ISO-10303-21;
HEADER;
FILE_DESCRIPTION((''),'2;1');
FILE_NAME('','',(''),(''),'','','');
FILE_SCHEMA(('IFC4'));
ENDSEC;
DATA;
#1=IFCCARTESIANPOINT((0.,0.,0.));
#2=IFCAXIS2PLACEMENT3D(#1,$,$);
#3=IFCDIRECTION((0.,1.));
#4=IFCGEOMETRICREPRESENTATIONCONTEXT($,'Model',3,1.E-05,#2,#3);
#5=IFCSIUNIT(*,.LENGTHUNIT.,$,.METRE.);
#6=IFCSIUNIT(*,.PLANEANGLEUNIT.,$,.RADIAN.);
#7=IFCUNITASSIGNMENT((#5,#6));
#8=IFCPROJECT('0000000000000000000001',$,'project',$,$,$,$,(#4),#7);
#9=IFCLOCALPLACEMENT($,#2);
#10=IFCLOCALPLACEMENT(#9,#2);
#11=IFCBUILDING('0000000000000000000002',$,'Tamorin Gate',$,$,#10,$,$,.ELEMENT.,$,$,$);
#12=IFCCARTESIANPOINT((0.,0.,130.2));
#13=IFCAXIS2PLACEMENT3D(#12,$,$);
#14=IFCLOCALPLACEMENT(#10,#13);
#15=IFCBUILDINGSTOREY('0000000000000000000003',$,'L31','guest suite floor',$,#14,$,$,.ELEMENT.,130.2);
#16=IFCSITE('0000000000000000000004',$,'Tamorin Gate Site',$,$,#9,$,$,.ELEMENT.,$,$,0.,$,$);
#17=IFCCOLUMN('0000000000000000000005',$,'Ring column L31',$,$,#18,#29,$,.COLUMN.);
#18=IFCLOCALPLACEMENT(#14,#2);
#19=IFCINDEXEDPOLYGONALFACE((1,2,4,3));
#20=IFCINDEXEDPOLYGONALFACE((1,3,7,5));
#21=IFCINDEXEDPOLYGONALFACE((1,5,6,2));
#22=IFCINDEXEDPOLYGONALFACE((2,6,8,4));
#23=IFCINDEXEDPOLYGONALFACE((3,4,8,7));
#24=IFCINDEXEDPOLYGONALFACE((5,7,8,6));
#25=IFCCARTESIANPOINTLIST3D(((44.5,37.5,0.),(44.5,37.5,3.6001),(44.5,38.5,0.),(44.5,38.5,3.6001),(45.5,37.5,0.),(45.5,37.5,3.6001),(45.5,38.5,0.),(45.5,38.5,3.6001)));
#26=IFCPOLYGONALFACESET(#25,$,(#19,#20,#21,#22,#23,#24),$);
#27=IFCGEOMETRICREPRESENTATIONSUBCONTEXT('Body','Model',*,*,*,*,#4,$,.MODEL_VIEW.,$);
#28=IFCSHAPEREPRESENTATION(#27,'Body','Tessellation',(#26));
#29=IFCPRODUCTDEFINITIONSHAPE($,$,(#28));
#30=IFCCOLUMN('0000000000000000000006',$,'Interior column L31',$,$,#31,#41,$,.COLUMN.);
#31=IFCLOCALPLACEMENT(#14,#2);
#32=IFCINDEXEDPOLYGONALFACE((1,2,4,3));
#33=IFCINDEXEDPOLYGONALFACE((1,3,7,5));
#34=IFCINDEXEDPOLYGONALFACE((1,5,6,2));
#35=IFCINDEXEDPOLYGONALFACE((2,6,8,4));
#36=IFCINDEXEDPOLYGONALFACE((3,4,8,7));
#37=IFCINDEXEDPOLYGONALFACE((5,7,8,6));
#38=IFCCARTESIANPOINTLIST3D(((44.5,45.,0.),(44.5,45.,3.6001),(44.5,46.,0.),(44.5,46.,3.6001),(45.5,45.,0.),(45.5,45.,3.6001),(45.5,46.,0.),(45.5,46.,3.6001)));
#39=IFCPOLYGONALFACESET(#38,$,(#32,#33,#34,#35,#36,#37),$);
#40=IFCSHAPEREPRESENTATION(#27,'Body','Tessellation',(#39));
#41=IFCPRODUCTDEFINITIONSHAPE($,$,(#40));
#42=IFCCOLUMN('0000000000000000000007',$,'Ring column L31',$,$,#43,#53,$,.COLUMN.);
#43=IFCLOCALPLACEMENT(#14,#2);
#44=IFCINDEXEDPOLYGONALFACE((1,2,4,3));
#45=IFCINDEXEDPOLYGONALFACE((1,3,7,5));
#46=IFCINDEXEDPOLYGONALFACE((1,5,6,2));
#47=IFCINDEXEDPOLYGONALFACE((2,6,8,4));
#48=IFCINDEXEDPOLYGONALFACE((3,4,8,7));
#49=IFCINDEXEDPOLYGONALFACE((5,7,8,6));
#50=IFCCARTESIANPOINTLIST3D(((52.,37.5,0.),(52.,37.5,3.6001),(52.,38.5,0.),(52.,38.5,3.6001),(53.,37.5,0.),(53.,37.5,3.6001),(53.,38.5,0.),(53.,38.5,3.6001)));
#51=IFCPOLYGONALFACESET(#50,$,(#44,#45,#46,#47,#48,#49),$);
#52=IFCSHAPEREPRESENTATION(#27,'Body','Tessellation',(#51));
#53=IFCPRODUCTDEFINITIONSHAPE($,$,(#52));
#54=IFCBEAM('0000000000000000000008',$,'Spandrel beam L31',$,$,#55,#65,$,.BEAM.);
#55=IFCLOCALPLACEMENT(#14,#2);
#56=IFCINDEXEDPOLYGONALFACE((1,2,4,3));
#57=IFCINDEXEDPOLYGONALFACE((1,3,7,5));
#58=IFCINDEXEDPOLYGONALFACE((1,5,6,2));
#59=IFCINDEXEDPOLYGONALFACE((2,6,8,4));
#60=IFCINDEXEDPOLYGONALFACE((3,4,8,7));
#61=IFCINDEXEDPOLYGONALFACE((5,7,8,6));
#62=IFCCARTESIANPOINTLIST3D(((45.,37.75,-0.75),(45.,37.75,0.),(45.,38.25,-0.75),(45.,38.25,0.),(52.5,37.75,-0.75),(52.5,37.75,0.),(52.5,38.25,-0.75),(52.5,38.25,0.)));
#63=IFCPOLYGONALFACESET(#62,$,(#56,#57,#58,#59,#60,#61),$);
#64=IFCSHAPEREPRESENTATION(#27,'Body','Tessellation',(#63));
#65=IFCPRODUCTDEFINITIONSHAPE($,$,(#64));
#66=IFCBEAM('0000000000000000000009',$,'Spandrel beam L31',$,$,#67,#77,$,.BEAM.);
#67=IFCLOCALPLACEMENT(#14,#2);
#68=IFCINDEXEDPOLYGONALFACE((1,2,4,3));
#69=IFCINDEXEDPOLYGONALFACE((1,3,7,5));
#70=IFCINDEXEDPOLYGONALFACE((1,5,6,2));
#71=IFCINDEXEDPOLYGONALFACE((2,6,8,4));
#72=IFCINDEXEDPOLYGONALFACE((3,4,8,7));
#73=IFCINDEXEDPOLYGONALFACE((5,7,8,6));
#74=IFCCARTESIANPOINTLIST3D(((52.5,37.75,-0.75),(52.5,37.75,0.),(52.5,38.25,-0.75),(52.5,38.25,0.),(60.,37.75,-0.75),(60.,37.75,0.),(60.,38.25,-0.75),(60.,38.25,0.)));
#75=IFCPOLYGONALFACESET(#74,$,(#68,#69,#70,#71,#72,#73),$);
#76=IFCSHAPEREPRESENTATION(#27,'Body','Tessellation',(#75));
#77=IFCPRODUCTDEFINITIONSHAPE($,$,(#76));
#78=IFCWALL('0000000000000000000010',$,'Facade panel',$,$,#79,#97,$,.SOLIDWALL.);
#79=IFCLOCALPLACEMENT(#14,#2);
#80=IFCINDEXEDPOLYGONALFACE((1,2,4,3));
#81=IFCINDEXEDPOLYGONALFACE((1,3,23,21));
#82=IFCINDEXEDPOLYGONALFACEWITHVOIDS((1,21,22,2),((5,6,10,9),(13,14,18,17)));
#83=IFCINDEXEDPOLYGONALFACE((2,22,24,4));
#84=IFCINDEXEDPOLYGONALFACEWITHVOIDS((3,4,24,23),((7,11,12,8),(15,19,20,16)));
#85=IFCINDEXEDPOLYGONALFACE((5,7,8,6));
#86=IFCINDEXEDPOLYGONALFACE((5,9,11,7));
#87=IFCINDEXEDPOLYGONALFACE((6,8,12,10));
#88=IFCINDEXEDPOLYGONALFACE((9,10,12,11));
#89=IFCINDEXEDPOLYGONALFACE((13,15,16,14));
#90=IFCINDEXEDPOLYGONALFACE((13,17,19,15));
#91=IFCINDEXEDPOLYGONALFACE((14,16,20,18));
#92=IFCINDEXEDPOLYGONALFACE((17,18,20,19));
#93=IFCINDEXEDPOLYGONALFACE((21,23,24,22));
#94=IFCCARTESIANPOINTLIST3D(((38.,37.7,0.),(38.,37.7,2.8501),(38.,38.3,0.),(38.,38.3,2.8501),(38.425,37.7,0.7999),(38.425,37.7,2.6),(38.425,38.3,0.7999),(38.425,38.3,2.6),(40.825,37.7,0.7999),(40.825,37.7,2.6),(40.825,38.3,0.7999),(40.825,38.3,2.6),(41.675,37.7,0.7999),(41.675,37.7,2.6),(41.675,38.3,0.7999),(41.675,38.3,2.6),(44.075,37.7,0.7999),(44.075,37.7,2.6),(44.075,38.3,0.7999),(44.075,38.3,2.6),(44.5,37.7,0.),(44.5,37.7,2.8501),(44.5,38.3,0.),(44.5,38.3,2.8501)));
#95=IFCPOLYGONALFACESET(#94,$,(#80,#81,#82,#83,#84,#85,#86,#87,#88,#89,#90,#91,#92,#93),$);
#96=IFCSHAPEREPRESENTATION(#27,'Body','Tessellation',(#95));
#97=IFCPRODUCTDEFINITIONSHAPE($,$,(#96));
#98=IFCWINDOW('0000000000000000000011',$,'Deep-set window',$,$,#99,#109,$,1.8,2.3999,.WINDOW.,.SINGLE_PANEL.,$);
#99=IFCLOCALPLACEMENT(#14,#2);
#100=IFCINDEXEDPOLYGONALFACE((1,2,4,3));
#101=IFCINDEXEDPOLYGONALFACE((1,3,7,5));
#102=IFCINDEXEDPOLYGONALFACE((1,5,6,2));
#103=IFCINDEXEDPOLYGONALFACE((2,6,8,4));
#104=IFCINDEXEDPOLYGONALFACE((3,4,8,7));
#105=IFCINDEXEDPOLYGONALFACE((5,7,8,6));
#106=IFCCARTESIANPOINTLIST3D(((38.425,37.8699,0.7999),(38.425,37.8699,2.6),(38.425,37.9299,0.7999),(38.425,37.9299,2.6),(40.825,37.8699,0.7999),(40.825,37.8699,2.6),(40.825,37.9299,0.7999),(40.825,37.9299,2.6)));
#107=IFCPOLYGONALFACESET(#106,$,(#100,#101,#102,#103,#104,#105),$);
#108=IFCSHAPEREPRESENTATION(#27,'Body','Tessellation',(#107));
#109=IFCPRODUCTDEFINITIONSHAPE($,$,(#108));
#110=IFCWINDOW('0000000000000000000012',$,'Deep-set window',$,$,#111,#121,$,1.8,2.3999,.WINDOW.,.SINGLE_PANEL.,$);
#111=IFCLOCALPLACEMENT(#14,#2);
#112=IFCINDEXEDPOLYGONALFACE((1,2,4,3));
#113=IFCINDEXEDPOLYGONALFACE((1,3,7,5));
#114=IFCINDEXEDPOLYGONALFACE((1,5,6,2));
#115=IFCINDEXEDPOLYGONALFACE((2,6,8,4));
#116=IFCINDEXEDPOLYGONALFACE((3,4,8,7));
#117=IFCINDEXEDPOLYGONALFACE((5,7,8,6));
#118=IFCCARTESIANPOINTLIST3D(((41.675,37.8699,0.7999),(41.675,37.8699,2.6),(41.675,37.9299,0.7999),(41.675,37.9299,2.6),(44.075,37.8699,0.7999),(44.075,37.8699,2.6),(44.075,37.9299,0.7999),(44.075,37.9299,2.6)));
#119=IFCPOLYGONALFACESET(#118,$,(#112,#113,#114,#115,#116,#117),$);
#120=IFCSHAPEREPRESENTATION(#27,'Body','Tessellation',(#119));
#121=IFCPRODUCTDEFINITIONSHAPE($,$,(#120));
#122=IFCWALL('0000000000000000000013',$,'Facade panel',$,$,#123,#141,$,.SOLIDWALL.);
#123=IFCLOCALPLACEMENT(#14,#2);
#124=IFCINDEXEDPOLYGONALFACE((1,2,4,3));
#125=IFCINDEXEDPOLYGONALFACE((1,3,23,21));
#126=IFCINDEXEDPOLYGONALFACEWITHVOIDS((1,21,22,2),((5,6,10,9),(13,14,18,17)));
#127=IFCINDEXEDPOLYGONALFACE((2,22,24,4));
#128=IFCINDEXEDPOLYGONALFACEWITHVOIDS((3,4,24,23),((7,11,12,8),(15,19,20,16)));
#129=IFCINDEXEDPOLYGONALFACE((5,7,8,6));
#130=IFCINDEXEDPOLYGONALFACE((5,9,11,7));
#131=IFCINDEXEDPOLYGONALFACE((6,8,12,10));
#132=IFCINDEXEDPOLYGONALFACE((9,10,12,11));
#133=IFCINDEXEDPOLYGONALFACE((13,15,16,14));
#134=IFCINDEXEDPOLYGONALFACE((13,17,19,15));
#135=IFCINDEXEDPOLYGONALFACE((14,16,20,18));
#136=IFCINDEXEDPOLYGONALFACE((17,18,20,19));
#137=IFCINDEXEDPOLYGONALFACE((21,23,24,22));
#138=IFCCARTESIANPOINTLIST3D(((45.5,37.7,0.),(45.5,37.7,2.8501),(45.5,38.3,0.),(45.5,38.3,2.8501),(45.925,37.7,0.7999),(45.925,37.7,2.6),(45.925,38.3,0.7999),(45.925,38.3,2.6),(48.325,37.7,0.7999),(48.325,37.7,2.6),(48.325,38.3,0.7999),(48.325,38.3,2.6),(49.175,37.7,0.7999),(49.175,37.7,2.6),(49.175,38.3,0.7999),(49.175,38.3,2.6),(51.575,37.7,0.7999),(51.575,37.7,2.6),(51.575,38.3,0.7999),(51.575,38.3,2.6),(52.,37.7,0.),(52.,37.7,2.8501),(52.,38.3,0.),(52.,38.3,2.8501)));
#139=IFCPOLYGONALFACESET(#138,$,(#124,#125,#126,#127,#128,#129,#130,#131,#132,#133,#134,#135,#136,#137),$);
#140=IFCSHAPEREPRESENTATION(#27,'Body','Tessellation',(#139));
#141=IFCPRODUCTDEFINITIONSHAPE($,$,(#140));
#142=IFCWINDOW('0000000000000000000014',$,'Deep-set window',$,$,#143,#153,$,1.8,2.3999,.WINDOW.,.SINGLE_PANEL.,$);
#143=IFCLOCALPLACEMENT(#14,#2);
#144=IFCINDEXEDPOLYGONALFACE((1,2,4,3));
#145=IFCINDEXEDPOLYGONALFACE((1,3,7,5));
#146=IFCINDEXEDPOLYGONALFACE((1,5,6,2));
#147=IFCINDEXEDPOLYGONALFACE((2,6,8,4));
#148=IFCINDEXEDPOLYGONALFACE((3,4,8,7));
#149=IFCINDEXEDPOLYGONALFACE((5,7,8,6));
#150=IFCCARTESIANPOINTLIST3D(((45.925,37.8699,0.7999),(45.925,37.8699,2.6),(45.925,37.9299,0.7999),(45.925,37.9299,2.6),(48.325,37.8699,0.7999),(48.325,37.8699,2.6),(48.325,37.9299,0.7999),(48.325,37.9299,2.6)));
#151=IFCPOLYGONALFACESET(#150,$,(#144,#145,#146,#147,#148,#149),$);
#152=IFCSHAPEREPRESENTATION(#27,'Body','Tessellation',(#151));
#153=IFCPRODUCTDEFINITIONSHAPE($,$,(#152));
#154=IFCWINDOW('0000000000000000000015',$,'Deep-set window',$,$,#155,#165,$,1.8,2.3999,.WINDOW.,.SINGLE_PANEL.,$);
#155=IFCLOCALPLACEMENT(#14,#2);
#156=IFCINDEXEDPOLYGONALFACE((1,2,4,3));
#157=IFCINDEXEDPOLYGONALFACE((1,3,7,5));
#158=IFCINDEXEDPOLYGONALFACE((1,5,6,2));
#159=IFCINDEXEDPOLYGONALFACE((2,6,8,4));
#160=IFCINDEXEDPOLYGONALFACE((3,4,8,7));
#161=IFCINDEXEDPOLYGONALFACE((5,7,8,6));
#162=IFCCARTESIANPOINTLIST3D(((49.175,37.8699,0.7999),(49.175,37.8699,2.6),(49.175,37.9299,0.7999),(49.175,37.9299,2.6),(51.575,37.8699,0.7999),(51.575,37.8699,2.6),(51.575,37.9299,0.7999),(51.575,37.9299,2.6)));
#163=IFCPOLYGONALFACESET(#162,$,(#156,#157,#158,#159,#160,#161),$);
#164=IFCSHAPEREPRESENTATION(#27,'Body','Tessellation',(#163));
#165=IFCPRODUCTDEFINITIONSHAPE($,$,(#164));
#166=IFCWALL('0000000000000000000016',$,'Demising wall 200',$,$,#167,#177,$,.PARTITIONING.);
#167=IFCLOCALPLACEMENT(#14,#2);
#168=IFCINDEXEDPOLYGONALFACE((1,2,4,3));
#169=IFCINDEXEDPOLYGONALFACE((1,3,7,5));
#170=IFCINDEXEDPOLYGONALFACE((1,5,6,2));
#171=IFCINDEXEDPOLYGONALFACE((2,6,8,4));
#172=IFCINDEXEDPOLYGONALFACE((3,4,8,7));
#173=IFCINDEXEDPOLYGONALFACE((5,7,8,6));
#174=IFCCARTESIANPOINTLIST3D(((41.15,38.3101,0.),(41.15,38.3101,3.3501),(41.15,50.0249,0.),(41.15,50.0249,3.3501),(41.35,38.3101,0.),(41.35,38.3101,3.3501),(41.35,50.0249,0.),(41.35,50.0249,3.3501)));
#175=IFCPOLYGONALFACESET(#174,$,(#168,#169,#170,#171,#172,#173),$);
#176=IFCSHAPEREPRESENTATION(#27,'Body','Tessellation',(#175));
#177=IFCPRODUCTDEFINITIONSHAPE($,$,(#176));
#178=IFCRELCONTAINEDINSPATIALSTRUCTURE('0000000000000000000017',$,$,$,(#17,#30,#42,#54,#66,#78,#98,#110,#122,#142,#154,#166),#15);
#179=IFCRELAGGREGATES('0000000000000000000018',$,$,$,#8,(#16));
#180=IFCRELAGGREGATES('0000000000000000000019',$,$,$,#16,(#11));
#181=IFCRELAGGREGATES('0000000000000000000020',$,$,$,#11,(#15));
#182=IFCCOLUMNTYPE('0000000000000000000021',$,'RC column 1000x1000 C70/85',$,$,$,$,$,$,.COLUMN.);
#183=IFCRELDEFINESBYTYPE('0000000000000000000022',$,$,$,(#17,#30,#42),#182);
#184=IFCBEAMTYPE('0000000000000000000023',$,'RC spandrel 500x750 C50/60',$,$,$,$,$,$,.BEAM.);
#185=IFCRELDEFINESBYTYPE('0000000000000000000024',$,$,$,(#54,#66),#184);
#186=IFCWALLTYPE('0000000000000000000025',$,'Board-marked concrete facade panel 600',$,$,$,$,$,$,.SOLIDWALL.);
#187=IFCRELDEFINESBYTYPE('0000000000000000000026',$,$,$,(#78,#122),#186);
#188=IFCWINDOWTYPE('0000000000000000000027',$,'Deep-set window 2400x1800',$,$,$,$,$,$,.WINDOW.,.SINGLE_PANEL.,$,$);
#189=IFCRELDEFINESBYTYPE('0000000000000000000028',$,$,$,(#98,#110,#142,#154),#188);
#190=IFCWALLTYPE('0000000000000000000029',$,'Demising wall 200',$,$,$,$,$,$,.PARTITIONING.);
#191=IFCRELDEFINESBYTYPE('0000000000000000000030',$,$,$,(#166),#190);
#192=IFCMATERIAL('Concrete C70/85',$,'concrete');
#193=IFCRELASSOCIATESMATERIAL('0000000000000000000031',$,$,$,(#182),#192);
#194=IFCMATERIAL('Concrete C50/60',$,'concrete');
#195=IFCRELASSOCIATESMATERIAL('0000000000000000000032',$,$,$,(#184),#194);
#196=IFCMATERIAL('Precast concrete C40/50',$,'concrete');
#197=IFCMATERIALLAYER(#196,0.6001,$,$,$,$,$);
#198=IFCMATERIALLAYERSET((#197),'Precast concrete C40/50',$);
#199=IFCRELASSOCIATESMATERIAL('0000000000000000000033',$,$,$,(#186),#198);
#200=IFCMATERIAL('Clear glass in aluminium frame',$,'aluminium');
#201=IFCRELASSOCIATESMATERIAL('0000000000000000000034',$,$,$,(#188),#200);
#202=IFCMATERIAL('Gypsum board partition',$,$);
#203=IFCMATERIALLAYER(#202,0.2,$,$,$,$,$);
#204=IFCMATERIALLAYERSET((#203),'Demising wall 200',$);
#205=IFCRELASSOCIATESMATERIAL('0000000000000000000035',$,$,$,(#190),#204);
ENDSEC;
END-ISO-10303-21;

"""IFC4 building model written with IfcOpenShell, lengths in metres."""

from ifc_helpers import new_model, si_unit, direction, frame, frame_2d, origin, origin_2d, place, context, subcontext, project, spatial, rectangle, extrude, material, layer, layer_set, material_profile, profile_set, type_object, element, fill, save


model = new_model("IFC4")

# Units and contexts
model_context = context("Model", 3, precision=1e-05, world=origin(), true_north=direction((0.0, 1.0)))
body_context = subcontext(model_context, "Body", "Model", "MODEL_VIEW")
ifc_project = project(units=[si_unit("LENGTHUNIT", "METRE"), si_unit("PLANEANGLEUNIT", "RADIAN")], contexts=[model_context])

# Site, building, storey
site_placement = place(None, origin())
site = spatial("IfcSite", under=ifc_project, at=site_placement, Name="Tamorin Gate Site", CompositionType="ELEMENT", RefElevation=0.0)
building_placement = place(site_placement, origin())
building = spatial("IfcBuilding", under=site, at=building_placement, Name="Tamorin Gate", CompositionType="ELEMENT")
storey_placement = place(building_placement, frame((0.0, 0.0, 130.2)))
storey = spatial("IfcBuildingStorey", under=building, at=storey_placement, Name="L31", Description="guest suite floor", CompositionType="ELEMENT", Elevation=130.2)

# Columns
ifc_material_1 = material(Name="Concrete C70/85", Category="concrete")
ifc_material_profile_1 = material_profile(ifc_material_1, rectangle(XDim=1.0, YDim=1.0, at=origin_2d()), Name="RC 1000x1000")
ifc_profile_set_1 = profile_set([ifc_material_profile_1], Name="Concrete C70/85")
column_type = type_object("IfcColumnType", Name="RC column 1000x1000 C70/85", PredefinedType="COLUMN", material=ifc_profile_set_1)
for number, where, z_axis, x_axis, name in (
    (1, (45.0, 38.0, 0.0), (0.0, 0.0, 1.0), (1.0, 0.0, 0.0), "Ring column L31"),
    (2, (45.0, 45.5, 0.0), (0.0, 0.0, 1.0), (1.0, 0.0, 0.0), "Interior column L31"),
    (3, (52.5, 38.0, 0.0), (0.0, 0.0, 1.0), (1.0, 0.0, 0.0), "Ring column L31"),
):
    element("IfcColumn", number, at=place(storey_placement, frame(where, z_axis=z_axis, x_axis=x_axis)), inside=storey, type_object=column_type, Name=name, PredefinedType="COLUMN", context=body_context, shape_type="SweptSolid", body=[
        extrude(rectangle(XDim=1.0, YDim=1.0, at=origin_2d()), origin(), (0.0, 0.0, 1.0), 3.6001),
    ])

# Beams
ifc_material_2 = material(Name="Concrete C50/60", Category="concrete")
ifc_material_profile_2 = material_profile(ifc_material_2, rectangle(XDim=0.5, YDim=0.75, at=origin_2d()), Name="RC 500x750")
ifc_profile_set_2 = profile_set([ifc_material_profile_2], Name="Concrete C50/60")
beam_type = type_object("IfcBeamType", Name="RC spandrel 500x750 C50/60", PredefinedType="BEAM", material=ifc_profile_set_2)
for number, where, z_axis, x_axis, name in (
    (4, (45.0, 38.0, -0.375), (1.0, 0.0, 0.0), (0.0, 1.0, 0.0), "Spandrel beam L31"),
    (5, (52.5, 38.0, -0.375), (1.0, 0.0, 0.0), (0.0, 1.0, 0.0), "Spandrel beam L31"),
):
    element("IfcBeam", number, at=place(storey_placement, frame(where, z_axis=z_axis, x_axis=x_axis)), inside=storey, type_object=beam_type, Name=name, PredefinedType="BEAM", context=body_context, shape_type="SweptSolid", body=[
        extrude(rectangle(XDim=0.5, YDim=0.75, at=origin_2d()), origin(), (0.0, 0.0, 1.0), 7.5),
    ])

# Walls, openings, windows
ifc_material_3 = material(Name="Precast concrete C40/50", Category="concrete")
ifc_layer_1 = layer(ifc_material_3, 0.6001)
ifc_layer_set_1 = layer_set([ifc_layer_1], Name="Precast concrete C40/50")
wall_type_1 = type_object("IfcWallType", Name="Board-marked concrete facade panel 600", PredefinedType="SOLIDWALL", material=ifc_layer_set_1)
wall_1_placement = place(storey_placement, frame((38.0, 38.0, 0.0), z_axis=(0.0, 0.0, 1.0), x_axis=(1.0, 0.0, 0.0)))
wall_1 = element("IfcWall", 6, at=wall_1_placement, inside=storey, type_object=wall_type_1, Name="Facade panel", PredefinedType="SOLIDWALL", context=body_context, shape_type="SweptSolid", body=[
    extrude(rectangle(XDim=6.5, YDim=0.6001, at=frame_2d((3.25, 0.0))), origin(), (0.0, 0.0, 1.0), 2.8501),
])
opening_1_placement = place(wall_1_placement, frame((0.425, 0.0, 0.8)))
opening_1 = element("IfcOpeningElement", 7, at=opening_1_placement, cuts=wall_1, PredefinedType="OPENING", context=body_context, shape_type="SweptSolid", body=[
    extrude(rectangle(XDim=2.3999, YDim=1.8, at=frame_2d((1.2, 0.8999))), frame((0.0, 0.3101, 0.0), z_axis=(0.0, -1.0, 0.0), x_axis=(1.0, 0.0, 0.0)), (0.0, 0.0, 1.0), 0.6201),
])
opening_2_placement = place(wall_1_placement, frame((3.675, 0.0, 0.8)))
opening_2 = element("IfcOpeningElement", 8, at=opening_2_placement, cuts=wall_1, PredefinedType="OPENING", context=body_context, shape_type="SweptSolid", body=[
    extrude(rectangle(XDim=2.3999, YDim=1.8, at=frame_2d((1.2, 0.8999))), frame((0.0, 0.3101, 0.0), z_axis=(0.0, -1.0, 0.0), x_axis=(1.0, 0.0, 0.0)), (0.0, 0.0, 1.0), 0.6201),
])
ifc_material_4 = material(Name="Clear glass in aluminium frame", Category="aluminium")
window_type = type_object("IfcWindowType", Name="Deep-set window 2400x1800", PartitioningType="SINGLE_PANEL", PredefinedType="WINDOW", material=ifc_material_4)
window_1_placement = place(opening_1_placement, origin())
window_1 = element("IfcWindow", 9, at=window_1_placement, inside=storey, type_object=window_type, Name="Deep-set window", OverallHeight=1.8, OverallWidth=2.3999, PartitioningType="SINGLE_PANEL", PredefinedType="WINDOW", context=body_context, shape_type="SweptSolid", body=[
    extrude(rectangle(XDim=2.3999, YDim=1.8, at=frame_2d((1.2, 0.8999))), frame((0.0, -0.0701, 0.0), z_axis=(0.0, -1.0, 0.0), x_axis=(1.0, 0.0, 0.0)), (0.0, 0.0, 1.0), 0.0601),
])
fill(opening_1, window_1)
window_2_placement = place(opening_2_placement, origin())
window_2 = element("IfcWindow", 10, at=window_2_placement, inside=storey, type_object=window_type, Name="Deep-set window", OverallHeight=1.8, OverallWidth=2.3999, PartitioningType="SINGLE_PANEL", PredefinedType="WINDOW", context=body_context, shape_type="SweptSolid", body=[
    extrude(rectangle(XDim=2.3999, YDim=1.8, at=frame_2d((1.2, 0.8999))), frame((0.0, -0.0701, 0.0), z_axis=(0.0, -1.0, 0.0), x_axis=(1.0, 0.0, 0.0)), (0.0, 0.0, 1.0), 0.0601),
])
fill(opening_2, window_2)
wall_2_placement = place(storey_placement, frame((45.5, 38.0, 0.0), z_axis=(0.0, 0.0, 1.0), x_axis=(1.0, 0.0, 0.0)))
wall_2 = element("IfcWall", 11, at=wall_2_placement, inside=storey, type_object=wall_type_1, Name="Facade panel", PredefinedType="SOLIDWALL", context=body_context, shape_type="SweptSolid", body=[
    extrude(rectangle(XDim=6.5, YDim=0.6001, at=frame_2d((3.25, 0.0))), origin(), (0.0, 0.0, 1.0), 2.8501),
])
opening_3_placement = place(wall_2_placement, frame((0.425, 0.0, 0.8)))
opening_3 = element("IfcOpeningElement", 12, at=opening_3_placement, cuts=wall_2, PredefinedType="OPENING", context=body_context, shape_type="SweptSolid", body=[
    extrude(rectangle(XDim=2.3999, YDim=1.8, at=frame_2d((1.2, 0.8999))), frame((0.0, 0.3101, 0.0), z_axis=(0.0, -1.0, 0.0), x_axis=(1.0, 0.0, 0.0)), (0.0, 0.0, 1.0), 0.6201),
])
opening_4_placement = place(wall_2_placement, frame((3.675, 0.0, 0.8)))
opening_4 = element("IfcOpeningElement", 13, at=opening_4_placement, cuts=wall_2, PredefinedType="OPENING", context=body_context, shape_type="SweptSolid", body=[
    extrude(rectangle(XDim=2.3999, YDim=1.8, at=frame_2d((1.2, 0.8999))), frame((0.0, 0.3101, 0.0), z_axis=(0.0, -1.0, 0.0), x_axis=(1.0, 0.0, 0.0)), (0.0, 0.0, 1.0), 0.6201),
])
window_3_placement = place(opening_3_placement, origin())
window_3 = element("IfcWindow", 14, at=window_3_placement, inside=storey, type_object=window_type, Name="Deep-set window", OverallHeight=1.8, OverallWidth=2.3999, PartitioningType="SINGLE_PANEL", PredefinedType="WINDOW", context=body_context, shape_type="SweptSolid", body=[
    extrude(rectangle(XDim=2.3999, YDim=1.8, at=frame_2d((1.2, 0.8999))), frame((0.0, -0.0701, 0.0), z_axis=(0.0, -1.0, 0.0), x_axis=(1.0, 0.0, 0.0)), (0.0, 0.0, 1.0), 0.0601),
])
fill(opening_3, window_3)
window_4_placement = place(opening_4_placement, origin())
window_4 = element("IfcWindow", 15, at=window_4_placement, inside=storey, type_object=window_type, Name="Deep-set window", OverallHeight=1.8, OverallWidth=2.3999, PartitioningType="SINGLE_PANEL", PredefinedType="WINDOW", context=body_context, shape_type="SweptSolid", body=[
    extrude(rectangle(XDim=2.3999, YDim=1.8, at=frame_2d((1.2, 0.8999))), frame((0.0, -0.0701, 0.0), z_axis=(0.0, -1.0, 0.0), x_axis=(1.0, 0.0, 0.0)), (0.0, 0.0, 1.0), 0.0601),
])
fill(opening_4, window_4)

# Wall
ifc_material_5 = material(Name="Gypsum board partition")
ifc_layer_2 = layer(ifc_material_5, 0.2)
ifc_layer_set_2 = layer_set([ifc_layer_2], Name="Demising wall 200")
wall_type_2 = type_object("IfcWallType", Name="Demising wall 200", PredefinedType="PARTITIONING", material=ifc_layer_set_2)
wall_3_placement = place(storey_placement, frame((41.25, 38.3101, 0.0), z_axis=(0.0, 0.0, 1.0), x_axis=(0.0, 1.0, 0.0)))
element("IfcWall", 16, at=wall_3_placement, inside=storey, type_object=wall_type_2, Name="Demising wall 200", PredefinedType="PARTITIONING", context=body_context, shape_type="SweptSolid", body=[
    extrude(rectangle(XDim=11.7148, YDim=0.2, at=frame_2d((5.8574, 0.0))), origin(), (0.0, 0.0, 1.0), 3.3501),
])

save(model, "model.ifc")
